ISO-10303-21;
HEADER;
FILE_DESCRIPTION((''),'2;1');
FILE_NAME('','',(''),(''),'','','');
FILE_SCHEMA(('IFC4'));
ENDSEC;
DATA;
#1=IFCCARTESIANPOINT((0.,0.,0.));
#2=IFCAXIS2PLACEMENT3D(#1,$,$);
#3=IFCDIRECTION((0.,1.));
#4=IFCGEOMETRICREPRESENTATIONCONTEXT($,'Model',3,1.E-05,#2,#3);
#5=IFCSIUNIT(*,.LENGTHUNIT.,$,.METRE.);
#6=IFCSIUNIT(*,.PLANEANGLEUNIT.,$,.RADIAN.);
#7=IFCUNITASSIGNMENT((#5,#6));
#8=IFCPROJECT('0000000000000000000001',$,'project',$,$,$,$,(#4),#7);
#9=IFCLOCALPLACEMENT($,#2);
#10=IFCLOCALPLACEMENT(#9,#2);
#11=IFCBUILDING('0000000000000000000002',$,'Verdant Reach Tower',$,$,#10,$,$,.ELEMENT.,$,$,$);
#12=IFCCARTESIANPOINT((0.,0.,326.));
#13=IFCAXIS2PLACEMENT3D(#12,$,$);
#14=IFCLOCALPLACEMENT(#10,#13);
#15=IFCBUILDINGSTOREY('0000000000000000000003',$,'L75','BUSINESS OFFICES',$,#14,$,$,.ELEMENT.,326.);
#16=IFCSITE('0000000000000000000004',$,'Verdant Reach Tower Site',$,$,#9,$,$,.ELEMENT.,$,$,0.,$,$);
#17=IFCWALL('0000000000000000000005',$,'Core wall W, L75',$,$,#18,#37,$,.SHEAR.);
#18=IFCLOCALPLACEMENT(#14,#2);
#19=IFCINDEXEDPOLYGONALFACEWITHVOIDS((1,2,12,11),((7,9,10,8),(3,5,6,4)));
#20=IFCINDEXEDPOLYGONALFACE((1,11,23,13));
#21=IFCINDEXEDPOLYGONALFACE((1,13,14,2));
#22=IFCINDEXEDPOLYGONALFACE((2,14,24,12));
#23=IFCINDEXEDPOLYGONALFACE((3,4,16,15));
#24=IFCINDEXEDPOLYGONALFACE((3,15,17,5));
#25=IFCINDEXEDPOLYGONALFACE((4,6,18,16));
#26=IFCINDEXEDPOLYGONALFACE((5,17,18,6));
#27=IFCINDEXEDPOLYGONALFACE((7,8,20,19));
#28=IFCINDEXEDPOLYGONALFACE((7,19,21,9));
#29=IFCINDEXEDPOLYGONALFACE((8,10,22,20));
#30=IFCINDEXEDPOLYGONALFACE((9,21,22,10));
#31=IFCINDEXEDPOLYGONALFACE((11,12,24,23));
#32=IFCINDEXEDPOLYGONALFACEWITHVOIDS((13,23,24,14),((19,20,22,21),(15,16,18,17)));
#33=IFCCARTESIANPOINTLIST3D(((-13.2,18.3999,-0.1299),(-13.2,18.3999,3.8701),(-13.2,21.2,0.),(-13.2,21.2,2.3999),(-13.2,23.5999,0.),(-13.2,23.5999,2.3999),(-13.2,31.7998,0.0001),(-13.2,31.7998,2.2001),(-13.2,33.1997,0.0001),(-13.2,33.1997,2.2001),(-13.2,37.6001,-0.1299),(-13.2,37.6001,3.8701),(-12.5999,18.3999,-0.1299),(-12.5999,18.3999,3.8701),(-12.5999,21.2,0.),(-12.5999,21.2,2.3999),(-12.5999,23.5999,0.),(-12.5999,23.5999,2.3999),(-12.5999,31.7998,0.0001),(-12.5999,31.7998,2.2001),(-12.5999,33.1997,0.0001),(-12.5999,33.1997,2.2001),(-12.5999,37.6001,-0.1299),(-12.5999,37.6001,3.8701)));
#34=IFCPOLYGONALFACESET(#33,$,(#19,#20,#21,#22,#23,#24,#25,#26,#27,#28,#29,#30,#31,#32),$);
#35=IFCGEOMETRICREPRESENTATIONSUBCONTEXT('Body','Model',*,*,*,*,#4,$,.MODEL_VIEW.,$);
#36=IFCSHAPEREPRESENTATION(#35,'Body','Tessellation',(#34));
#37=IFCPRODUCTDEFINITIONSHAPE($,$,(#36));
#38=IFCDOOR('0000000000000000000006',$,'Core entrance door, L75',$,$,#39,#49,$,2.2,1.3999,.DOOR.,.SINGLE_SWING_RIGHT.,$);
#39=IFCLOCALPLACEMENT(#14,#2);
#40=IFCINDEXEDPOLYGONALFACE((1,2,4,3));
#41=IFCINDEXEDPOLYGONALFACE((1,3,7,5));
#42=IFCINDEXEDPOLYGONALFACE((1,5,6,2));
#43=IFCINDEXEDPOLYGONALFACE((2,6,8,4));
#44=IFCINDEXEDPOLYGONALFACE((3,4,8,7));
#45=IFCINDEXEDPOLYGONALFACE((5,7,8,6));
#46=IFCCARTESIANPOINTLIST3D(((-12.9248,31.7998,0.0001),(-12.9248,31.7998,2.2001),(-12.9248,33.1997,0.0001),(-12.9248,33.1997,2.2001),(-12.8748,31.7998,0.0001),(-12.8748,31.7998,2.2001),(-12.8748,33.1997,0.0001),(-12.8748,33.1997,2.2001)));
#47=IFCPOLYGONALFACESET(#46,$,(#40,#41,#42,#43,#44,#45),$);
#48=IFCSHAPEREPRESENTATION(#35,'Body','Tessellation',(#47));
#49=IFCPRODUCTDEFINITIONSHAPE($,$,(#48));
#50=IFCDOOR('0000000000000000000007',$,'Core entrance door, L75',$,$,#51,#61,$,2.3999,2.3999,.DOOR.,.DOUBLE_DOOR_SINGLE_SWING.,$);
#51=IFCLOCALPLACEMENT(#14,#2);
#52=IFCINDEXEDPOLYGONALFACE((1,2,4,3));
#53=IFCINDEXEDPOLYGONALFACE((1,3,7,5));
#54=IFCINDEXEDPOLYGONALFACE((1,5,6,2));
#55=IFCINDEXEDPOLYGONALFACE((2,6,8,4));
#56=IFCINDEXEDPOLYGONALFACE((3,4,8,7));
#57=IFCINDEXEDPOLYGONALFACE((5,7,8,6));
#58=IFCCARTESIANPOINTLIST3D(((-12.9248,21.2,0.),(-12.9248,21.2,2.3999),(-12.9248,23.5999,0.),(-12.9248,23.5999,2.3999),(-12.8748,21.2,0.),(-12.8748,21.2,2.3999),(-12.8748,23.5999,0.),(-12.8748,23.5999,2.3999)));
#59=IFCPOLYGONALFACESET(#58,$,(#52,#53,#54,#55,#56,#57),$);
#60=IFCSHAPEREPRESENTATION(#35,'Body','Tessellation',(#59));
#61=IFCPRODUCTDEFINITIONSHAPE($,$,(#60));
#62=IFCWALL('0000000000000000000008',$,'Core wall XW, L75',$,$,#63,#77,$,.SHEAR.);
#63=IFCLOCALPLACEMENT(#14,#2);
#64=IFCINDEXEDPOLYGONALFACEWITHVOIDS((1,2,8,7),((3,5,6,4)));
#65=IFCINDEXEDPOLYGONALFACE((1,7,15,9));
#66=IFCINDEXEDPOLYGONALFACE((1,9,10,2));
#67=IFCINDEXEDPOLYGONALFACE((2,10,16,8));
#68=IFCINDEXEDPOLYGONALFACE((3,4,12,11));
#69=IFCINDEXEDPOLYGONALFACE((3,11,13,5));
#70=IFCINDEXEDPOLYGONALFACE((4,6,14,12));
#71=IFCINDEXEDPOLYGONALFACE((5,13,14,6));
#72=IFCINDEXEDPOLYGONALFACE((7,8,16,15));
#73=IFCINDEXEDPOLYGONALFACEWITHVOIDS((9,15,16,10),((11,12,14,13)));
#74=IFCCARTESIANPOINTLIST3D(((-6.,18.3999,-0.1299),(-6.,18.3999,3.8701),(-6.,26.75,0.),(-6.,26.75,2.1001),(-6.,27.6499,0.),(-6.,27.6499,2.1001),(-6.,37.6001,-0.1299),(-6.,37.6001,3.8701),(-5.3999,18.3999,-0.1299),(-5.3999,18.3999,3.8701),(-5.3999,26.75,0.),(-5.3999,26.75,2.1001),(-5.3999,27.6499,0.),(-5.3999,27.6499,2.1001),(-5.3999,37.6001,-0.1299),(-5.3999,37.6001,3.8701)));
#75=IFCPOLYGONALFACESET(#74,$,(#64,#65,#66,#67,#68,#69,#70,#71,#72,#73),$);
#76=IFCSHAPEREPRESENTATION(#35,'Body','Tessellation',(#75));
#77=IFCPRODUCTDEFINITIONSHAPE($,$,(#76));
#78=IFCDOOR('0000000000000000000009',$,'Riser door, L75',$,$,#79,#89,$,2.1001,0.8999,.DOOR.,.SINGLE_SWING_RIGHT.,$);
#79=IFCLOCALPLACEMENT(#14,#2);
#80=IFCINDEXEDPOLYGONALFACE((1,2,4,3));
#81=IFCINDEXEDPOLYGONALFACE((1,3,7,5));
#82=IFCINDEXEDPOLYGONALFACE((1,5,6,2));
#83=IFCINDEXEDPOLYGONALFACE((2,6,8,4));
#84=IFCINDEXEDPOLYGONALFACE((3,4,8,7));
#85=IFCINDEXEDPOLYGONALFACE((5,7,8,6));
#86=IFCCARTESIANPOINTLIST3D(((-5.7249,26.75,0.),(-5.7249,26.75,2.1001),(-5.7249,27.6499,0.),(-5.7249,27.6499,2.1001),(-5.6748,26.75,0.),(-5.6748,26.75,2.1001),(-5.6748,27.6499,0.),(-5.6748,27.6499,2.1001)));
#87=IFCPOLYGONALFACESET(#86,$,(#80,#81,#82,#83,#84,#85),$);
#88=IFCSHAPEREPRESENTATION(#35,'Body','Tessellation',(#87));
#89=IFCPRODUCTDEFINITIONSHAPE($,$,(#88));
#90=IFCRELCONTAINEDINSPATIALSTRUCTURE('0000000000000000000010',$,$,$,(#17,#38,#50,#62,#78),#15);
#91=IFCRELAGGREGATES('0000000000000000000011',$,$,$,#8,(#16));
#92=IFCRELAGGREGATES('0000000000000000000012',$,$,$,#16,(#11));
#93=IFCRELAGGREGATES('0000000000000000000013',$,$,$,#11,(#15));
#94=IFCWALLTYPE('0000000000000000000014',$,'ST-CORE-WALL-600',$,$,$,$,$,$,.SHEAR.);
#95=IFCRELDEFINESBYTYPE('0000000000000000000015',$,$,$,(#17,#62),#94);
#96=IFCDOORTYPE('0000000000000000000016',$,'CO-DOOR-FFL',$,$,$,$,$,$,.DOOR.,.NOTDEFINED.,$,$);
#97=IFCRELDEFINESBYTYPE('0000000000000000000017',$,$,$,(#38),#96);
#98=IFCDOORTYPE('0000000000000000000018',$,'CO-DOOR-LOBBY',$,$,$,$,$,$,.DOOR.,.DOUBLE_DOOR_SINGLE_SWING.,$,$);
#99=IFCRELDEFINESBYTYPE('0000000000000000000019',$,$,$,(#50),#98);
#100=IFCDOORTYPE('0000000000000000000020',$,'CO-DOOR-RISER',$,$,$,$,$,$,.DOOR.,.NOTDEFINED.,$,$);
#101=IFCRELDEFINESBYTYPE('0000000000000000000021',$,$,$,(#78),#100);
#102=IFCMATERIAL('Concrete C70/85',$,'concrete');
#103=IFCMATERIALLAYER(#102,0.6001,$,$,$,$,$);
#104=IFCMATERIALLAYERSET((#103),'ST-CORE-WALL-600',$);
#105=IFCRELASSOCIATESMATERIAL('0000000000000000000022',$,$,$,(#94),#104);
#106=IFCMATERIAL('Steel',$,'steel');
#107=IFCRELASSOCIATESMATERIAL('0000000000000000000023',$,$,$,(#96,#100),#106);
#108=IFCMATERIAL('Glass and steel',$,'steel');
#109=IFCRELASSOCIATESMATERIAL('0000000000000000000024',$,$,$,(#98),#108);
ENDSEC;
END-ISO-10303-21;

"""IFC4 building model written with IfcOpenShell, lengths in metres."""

from ifc_helpers import new_model, si_unit, direction, frame, frame_2d, origin, place, context, subcontext, project, spatial, rectangle, extrude, material, layer, layer_set, type_object, element, fill, save


model = new_model("IFC4")

# Units and contexts
model_context = context("Model", 3, precision=1e-05, world=origin(), true_north=direction((0.0, 1.0)))
body_context = subcontext(model_context, "Body", "Model", "MODEL_VIEW")
ifc_project = project(units=[si_unit("LENGTHUNIT", "METRE"), si_unit("PLANEANGLEUNIT", "RADIAN")], contexts=[model_context])

# Site, building, storey
site_placement = place(None, origin())
site = spatial("IfcSite", under=ifc_project, at=site_placement, Name="Verdant Reach Tower Site", CompositionType="ELEMENT", RefElevation=0.0)
building_placement = place(site_placement, origin())
building = spatial("IfcBuilding", under=site, at=building_placement, Name="Verdant Reach Tower", CompositionType="ELEMENT")
storey_placement = place(building_placement, frame((0.0, 0.0, 326.0)))
storey = spatial("IfcBuildingStorey", under=building, at=storey_placement, Name="L75", Description="BUSINESS OFFICES", CompositionType="ELEMENT", Elevation=326.0)

# Wall, openings, doors
ifc_material_1 = material(Name="Concrete C70/85", Category="concrete")
ifc_layer_1 = layer(ifc_material_1, 0.6001)
ifc_layer_set_1 = layer_set([ifc_layer_1], Name="ST-CORE-WALL-600")
wall_type_1 = type_object("IfcWallType", Name="ST-CORE-WALL-600", PredefinedType="SHEAR", material=ifc_layer_set_1)
wall_1_placement = place(storey_placement, frame((-12.8999, 18.3999, -0.1299), z_axis=(0.0, 0.0, 1.0), x_axis=(0.0, 1.0, 0.0)))
wall_1 = element("IfcWall", 1, at=wall_1_placement, inside=storey, type_object=wall_type_1, Name="Core wall W, L75", PredefinedType="SHEAR", context=body_context, shape_type="SweptSolid", body=[
    extrude(rectangle(XDim=19.2002, YDim=0.6001, at=frame_2d((9.6001, 0.0))), origin(), (0.0, 0.0, 1.0), 4.0),
])
opening_1_placement = place(wall_1_placement, frame((2.8, 0.0, 0.1299)))
opening_1 = element("IfcOpeningElement", 2, at=opening_1_placement, cuts=wall_1, PredefinedType="OPENING", context=body_context, shape_type="SweptSolid", body=[
    extrude(rectangle(XDim=2.3999, YDim=2.3999, at=frame_2d((1.2, 1.2))), frame((0.0, 0.3101, 0.0), z_axis=(0.0, -1.0, 0.0), x_axis=(1.0, 0.0, 0.0)), (0.0, 0.0, 1.0), 0.6201),
])
opening_2_placement = place(wall_1_placement, frame((13.3999, 0.0, 0.1299)))
opening_2 = element("IfcOpeningElement", 3, at=opening_2_placement, cuts=wall_1, PredefinedType="OPENING", context=body_context, shape_type="SweptSolid", body=[
    extrude(rectangle(XDim=1.3999, YDim=2.2, at=frame_2d((0.7, 1.1001))), frame((0.0, 0.3101, 0.0), z_axis=(0.0, -1.0, 0.0), x_axis=(1.0, 0.0, 0.0)), (0.0, 0.0, 1.0), 0.6201),
])
ifc_material_2 = material(Name="Steel", Category="steel")
door_type_1 = type_object("IfcDoorType", Name="CO-DOOR-FFL", OperationType="NOTDEFINED", PredefinedType="DOOR", material=ifc_material_2)
door_1_placement = place(opening_2_placement, origin())
door_1 = element("IfcDoor", 4, at=door_1_placement, inside=storey, type_object=door_type_1, Name="Core entrance door, L75", OperationType="SINGLE_SWING_RIGHT", OverallHeight=2.2, OverallWidth=1.3999, PredefinedType="DOOR", context=body_context, shape_type="SweptSolid", body=[
    extrude(rectangle(XDim=1.3999, YDim=2.2, at=frame_2d((0.7, 1.1001))), frame((0.0, 0.0249, 0.0), z_axis=(0.0, -1.0, 0.0), x_axis=(1.0, 0.0, 0.0)), (0.0, 0.0, 1.0), 0.05),
])
fill(opening_2, door_1)
ifc_material_3 = material(Name="Glass and steel", Category="steel")
door_type_2 = type_object("IfcDoorType", Name="CO-DOOR-LOBBY", OperationType="DOUBLE_DOOR_SINGLE_SWING", PredefinedType="DOOR", material=ifc_material_3)
door_2_placement = place(opening_1_placement, origin())
door_2 = element("IfcDoor", 5, at=door_2_placement, inside=storey, type_object=door_type_2, Name="Core entrance door, L75", OperationType="DOUBLE_DOOR_SINGLE_SWING", OverallHeight=2.3999, OverallWidth=2.3999, PredefinedType="DOOR", context=body_context, shape_type="SweptSolid", body=[
    extrude(rectangle(XDim=2.3999, YDim=2.3999, at=frame_2d((1.2, 1.2))), frame((0.0, 0.0249, 0.0), z_axis=(0.0, -1.0, 0.0), x_axis=(1.0, 0.0, 0.0)), (0.0, 0.0, 1.0), 0.05),
])
fill(opening_1, door_2)

# Wall, opening, door
wall_2_placement = place(storey_placement, frame((-5.7, 18.3999, -0.1299), z_axis=(0.0, 0.0, 1.0), x_axis=(0.0, 1.0, 0.0)))
wall_2 = element("IfcWall", 6, at=wall_2_placement, inside=storey, type_object=wall_type_1, Name="Core wall XW, L75", PredefinedType="SHEAR", context=body_context, shape_type="SweptSolid", body=[
    extrude(rectangle(XDim=19.2002, YDim=0.6001, at=frame_2d((9.6001, 0.0))), origin(), (0.0, 0.0, 1.0), 4.0),
])
opening_3_placement = place(wall_2_placement, frame((8.3501, 0.0, 0.1299)))
opening_3 = element("IfcOpeningElement", 7, at=opening_3_placement, cuts=wall_2, PredefinedType="OPENING", context=body_context, shape_type="SweptSolid", body=[
    extrude(rectangle(XDim=0.8999, YDim=2.1001, at=frame_2d((0.45, 1.05))), frame((0.0, 0.3101, 0.0), z_axis=(0.0, -1.0, 0.0), x_axis=(1.0, 0.0, 0.0)), (0.0, 0.0, 1.0), 0.6201),
])
door_type_3 = type_object("IfcDoorType", Name="CO-DOOR-RISER", OperationType="NOTDEFINED", PredefinedType="DOOR", material=ifc_material_2)
door_3_placement = place(opening_3_placement, origin())
door_3 = element("IfcDoor", 8, at=door_3_placement, inside=storey, type_object=door_type_3, Name="Riser door, L75", OperationType="SINGLE_SWING_RIGHT", OverallHeight=2.1001, OverallWidth=0.8999, PredefinedType="DOOR", context=body_context, shape_type="SweptSolid", body=[
    extrude(rectangle(XDim=0.8999, YDim=2.1001, at=frame_2d((0.45, 1.05))), frame((0.0, 0.0249, 0.0), z_axis=(0.0, -1.0, 0.0), x_axis=(1.0, 0.0, 0.0)), (0.0, 0.0, 1.0), 0.05),
])
fill(opening_3, door_3)

save(model, "model.ifc")
